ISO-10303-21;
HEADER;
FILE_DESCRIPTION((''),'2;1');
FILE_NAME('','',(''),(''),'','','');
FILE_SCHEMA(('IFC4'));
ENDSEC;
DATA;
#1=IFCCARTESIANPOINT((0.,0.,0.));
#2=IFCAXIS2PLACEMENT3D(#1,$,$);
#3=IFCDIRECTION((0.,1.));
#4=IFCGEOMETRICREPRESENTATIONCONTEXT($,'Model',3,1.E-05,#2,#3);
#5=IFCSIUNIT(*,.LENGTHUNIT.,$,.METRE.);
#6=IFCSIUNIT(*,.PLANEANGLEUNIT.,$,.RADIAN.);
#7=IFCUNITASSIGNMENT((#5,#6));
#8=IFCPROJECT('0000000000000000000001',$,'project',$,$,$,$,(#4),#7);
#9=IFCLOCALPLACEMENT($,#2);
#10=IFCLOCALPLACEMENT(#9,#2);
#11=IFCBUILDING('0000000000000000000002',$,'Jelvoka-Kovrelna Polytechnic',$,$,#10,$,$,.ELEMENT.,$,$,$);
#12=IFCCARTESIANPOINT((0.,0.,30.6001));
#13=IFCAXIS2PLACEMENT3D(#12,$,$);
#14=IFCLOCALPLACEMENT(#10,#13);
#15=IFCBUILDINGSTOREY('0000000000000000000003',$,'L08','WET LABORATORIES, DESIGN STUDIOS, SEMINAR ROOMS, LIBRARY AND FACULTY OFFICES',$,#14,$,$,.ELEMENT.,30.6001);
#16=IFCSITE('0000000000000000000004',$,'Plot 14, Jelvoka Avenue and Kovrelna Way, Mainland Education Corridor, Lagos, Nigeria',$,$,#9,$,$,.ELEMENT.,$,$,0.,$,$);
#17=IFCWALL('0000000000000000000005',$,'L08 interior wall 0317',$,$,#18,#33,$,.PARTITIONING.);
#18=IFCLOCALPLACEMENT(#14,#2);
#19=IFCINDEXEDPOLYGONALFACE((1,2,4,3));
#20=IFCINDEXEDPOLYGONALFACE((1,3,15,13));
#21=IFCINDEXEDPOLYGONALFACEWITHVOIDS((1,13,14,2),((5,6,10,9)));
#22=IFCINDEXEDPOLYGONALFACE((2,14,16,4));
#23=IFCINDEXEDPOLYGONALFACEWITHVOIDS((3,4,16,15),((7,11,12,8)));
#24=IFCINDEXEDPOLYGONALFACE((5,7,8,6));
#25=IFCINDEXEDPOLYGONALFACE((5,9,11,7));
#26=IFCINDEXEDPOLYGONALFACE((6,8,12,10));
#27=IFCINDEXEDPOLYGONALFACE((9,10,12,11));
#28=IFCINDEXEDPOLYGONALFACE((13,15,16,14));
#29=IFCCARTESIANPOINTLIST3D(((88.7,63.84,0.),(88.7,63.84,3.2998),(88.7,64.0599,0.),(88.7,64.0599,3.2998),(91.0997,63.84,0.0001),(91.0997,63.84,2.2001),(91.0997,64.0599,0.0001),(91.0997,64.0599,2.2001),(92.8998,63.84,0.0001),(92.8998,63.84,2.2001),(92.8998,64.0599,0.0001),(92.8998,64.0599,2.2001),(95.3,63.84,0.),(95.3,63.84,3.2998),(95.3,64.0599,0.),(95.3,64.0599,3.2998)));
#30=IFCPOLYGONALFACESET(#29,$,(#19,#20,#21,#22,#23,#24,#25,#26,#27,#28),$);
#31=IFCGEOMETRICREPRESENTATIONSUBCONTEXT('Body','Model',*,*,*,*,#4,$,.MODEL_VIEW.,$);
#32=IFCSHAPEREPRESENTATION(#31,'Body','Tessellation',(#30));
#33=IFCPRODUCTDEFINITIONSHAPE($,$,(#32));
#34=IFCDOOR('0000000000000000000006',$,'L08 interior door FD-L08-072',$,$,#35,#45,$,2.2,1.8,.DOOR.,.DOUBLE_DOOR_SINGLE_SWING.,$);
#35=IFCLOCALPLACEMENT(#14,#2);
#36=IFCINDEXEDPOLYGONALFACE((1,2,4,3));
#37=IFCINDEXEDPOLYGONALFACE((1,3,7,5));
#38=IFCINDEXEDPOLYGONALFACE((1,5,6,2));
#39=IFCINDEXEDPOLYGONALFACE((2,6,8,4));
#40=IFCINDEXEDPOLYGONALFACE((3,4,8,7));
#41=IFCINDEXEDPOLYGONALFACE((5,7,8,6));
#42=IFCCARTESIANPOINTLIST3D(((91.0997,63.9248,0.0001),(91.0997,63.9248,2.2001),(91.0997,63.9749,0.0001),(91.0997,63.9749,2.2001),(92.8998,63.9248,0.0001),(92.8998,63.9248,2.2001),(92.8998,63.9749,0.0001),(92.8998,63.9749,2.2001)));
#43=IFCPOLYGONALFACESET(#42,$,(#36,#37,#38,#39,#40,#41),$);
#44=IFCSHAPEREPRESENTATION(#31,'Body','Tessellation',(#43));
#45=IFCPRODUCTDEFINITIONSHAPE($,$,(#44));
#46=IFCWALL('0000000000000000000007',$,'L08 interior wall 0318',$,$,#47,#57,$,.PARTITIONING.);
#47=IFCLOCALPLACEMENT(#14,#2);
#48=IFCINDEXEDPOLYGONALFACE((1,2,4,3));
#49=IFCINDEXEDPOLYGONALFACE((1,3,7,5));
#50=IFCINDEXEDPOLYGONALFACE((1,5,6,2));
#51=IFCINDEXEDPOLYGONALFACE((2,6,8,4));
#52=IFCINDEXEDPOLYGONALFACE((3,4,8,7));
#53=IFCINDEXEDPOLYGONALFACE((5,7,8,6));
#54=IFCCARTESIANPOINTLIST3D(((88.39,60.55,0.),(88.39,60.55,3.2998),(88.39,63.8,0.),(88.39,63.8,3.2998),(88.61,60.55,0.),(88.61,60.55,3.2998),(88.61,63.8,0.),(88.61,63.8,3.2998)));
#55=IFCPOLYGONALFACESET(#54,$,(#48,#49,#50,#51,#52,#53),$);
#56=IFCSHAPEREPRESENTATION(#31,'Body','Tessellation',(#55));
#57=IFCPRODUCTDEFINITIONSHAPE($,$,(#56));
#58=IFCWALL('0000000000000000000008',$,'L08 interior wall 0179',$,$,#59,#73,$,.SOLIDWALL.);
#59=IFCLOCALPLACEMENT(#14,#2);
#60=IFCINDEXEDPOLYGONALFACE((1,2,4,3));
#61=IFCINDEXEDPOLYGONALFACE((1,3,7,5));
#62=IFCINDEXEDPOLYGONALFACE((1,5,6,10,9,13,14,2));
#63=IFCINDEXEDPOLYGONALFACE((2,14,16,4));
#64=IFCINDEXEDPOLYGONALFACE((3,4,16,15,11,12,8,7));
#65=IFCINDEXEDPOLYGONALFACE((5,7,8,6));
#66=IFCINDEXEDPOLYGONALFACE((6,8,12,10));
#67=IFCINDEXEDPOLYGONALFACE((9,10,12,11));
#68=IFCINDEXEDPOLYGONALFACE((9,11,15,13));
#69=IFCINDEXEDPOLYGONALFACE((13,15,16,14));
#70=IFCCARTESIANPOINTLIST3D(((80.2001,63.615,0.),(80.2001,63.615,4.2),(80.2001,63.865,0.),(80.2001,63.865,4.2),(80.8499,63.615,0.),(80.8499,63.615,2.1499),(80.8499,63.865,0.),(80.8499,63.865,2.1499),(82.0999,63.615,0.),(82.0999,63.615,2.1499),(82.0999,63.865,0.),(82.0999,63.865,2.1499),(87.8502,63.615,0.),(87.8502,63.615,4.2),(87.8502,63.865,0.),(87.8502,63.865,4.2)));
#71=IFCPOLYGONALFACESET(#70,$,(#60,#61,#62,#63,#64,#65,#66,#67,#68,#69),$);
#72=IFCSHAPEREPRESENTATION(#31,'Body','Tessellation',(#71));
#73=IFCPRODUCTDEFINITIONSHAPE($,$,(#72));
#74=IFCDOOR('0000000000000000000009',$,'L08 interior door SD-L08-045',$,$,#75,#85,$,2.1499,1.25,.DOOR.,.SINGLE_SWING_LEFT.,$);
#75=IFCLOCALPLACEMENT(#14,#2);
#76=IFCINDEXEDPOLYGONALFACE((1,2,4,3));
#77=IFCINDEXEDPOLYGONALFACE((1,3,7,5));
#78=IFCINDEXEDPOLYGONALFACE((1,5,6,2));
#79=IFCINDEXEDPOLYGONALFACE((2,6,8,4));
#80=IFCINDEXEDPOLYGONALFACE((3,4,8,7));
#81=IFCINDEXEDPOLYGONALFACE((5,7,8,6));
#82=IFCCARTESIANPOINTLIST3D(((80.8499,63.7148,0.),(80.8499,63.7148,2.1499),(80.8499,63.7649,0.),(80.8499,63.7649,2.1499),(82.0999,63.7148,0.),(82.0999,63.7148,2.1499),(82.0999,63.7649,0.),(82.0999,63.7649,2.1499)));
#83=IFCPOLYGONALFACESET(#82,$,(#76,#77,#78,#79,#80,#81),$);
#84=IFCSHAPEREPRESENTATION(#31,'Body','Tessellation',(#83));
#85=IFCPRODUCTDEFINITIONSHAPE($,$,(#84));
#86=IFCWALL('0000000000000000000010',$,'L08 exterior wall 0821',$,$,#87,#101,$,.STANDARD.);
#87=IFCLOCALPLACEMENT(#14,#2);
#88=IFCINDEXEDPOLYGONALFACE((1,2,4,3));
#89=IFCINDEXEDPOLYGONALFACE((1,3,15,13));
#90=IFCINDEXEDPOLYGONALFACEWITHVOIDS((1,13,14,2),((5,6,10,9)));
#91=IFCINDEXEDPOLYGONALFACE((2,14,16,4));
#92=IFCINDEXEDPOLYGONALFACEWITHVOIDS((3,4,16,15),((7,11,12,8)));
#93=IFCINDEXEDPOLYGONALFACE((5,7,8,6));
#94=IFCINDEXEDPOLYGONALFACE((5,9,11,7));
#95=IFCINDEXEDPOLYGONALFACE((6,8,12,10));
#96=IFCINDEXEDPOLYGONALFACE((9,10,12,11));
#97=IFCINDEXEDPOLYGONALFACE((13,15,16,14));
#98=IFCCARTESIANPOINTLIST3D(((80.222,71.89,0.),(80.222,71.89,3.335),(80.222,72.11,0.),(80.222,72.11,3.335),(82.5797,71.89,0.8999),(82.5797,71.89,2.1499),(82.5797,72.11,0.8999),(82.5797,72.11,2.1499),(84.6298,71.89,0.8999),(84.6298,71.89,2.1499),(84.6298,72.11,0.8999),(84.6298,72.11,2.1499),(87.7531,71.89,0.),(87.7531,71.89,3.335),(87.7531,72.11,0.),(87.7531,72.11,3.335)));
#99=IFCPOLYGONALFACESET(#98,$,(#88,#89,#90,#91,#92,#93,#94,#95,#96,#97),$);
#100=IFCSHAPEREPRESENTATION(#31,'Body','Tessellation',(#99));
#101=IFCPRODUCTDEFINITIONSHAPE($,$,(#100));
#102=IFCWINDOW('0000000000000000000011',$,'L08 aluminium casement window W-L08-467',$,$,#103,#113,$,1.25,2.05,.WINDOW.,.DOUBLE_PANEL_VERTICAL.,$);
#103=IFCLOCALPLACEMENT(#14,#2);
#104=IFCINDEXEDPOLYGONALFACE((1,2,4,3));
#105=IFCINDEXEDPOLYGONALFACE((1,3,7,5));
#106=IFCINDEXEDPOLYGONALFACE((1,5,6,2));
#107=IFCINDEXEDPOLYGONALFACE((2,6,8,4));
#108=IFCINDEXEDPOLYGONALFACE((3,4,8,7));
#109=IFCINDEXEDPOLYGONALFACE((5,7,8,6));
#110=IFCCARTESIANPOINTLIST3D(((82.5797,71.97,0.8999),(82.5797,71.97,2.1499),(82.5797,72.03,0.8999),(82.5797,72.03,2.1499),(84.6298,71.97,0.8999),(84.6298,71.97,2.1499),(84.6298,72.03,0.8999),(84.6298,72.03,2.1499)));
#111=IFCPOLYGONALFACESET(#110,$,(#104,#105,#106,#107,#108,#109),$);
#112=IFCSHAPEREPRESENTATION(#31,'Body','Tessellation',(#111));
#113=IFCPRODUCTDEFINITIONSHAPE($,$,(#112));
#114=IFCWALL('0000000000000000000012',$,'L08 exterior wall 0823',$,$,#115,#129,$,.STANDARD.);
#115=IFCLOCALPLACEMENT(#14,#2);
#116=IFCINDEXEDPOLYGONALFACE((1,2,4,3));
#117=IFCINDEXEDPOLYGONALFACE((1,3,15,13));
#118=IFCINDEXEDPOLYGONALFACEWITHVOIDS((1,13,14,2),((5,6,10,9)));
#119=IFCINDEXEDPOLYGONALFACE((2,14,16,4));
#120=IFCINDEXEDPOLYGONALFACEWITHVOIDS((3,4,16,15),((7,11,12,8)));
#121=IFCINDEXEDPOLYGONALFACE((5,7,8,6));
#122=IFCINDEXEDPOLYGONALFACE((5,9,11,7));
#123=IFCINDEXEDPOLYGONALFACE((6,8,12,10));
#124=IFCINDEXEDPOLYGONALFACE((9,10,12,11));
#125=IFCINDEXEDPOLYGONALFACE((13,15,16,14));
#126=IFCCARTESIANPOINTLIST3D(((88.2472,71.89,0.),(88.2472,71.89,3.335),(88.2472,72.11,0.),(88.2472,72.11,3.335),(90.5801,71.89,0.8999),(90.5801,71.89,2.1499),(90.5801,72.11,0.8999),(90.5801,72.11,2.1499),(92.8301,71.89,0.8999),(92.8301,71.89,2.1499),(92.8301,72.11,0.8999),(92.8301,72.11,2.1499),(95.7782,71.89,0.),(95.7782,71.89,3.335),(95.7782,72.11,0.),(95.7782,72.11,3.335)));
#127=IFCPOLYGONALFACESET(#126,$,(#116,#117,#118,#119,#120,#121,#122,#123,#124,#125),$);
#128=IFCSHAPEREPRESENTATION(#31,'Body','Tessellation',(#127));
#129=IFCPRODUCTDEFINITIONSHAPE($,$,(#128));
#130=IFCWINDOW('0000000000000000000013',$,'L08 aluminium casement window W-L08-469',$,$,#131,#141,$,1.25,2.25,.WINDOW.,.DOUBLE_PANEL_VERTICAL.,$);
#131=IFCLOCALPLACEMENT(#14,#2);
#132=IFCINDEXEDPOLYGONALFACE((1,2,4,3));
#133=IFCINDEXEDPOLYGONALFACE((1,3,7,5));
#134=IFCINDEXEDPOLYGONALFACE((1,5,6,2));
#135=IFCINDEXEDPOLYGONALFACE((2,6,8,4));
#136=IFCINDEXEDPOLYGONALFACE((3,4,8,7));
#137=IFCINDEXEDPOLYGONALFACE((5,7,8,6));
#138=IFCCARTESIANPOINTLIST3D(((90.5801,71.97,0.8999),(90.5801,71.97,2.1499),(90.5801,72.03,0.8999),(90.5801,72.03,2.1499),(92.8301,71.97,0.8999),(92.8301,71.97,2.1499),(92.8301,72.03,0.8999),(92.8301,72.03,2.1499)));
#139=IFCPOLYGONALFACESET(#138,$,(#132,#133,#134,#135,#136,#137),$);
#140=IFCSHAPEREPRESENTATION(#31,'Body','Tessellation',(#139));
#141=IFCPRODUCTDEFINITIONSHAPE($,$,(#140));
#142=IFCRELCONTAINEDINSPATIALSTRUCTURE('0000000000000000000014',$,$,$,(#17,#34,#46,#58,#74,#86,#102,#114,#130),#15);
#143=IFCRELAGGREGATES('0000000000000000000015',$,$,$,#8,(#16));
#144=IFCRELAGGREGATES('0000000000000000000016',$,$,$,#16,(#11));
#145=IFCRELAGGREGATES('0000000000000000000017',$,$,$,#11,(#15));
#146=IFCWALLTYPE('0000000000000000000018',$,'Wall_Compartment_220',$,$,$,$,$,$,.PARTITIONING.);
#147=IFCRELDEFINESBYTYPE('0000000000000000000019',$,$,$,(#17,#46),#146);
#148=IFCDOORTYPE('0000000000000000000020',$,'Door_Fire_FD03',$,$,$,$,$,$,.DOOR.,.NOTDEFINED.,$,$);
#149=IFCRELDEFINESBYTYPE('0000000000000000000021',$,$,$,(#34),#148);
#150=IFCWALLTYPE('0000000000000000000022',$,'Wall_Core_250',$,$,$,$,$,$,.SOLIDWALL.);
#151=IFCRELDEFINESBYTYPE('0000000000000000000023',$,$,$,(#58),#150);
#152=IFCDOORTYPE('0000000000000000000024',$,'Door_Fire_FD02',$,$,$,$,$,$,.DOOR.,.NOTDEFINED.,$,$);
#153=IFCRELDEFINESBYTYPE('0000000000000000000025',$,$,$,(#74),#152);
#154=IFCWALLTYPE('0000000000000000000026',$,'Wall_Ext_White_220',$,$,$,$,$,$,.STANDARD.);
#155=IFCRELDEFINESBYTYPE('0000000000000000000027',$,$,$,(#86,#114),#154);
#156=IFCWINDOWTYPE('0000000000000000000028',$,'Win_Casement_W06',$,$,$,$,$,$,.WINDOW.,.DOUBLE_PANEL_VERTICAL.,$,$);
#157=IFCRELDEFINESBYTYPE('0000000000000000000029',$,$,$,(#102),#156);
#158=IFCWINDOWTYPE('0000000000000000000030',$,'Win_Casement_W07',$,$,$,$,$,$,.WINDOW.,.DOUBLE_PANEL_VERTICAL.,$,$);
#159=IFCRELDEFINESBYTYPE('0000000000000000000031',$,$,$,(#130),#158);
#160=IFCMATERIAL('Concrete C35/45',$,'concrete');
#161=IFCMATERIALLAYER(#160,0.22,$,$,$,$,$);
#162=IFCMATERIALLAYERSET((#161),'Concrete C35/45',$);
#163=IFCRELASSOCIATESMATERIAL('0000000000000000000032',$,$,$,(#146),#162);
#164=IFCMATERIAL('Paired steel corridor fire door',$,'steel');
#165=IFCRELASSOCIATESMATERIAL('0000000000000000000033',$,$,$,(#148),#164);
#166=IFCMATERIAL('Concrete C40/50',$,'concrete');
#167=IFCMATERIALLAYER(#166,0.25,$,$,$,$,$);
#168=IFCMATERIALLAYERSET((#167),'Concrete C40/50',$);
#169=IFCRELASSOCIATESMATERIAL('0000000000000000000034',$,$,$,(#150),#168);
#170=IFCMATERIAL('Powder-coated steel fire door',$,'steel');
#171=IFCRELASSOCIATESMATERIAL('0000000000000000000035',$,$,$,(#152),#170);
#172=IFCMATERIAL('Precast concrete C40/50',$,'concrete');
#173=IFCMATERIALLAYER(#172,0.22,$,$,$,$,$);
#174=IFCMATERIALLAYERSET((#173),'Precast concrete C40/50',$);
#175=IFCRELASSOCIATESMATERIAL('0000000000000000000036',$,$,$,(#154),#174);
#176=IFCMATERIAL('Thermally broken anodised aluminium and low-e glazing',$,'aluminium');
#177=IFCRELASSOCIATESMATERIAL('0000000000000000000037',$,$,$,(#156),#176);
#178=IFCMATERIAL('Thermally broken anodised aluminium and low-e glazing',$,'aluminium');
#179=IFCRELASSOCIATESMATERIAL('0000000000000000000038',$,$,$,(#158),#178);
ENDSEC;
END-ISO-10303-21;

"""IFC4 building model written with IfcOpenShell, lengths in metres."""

from ifc_helpers import new_model, si_unit, direction, frame, frame_2d, origin, place, context, subcontext, project, spatial, rectangle, extrude, material, layer, layer_set, type_object, element, fill, save


model = new_model("IFC4")

# Units and contexts
model_context = context("Model", 3, precision=1e-05, world=origin(), true_north=direction((0.0, 1.0)))
body_context = subcontext(model_context, "Body", "Model", "MODEL_VIEW")
ifc_project = project(units=[si_unit("LENGTHUNIT", "METRE"), si_unit("PLANEANGLEUNIT", "RADIAN")], contexts=[model_context])

# Site, building, storey
site_placement = place(None, origin())
site = spatial("IfcSite", under=ifc_project, at=site_placement, Name="Plot 14, Jelvoka Avenue and Kovrelna Way, Mainland Education Corridor, Lagos, Nigeria", CompositionType="ELEMENT", RefElevation=0.0)
building_placement = place(site_placement, origin())
building = spatial("IfcBuilding", under=site, at=building_placement, Name="Jelvoka-Kovrelna Polytechnic", CompositionType="ELEMENT")
storey_placement = place(building_placement, frame((0.0, 0.0, 30.6001)))
storey = spatial("IfcBuildingStorey", under=building, at=storey_placement, Name="L08", Description="WET LABORATORIES, DESIGN STUDIOS, SEMINAR ROOMS, LIBRARY AND FACULTY OFFICES", CompositionType="ELEMENT", Elevation=30.6001)

# Wall, opening, door
ifc_material_1 = material(Name="Concrete C35/45", Category="concrete")
ifc_layer_1 = layer(ifc_material_1, 0.22)
ifc_layer_set_1 = layer_set([ifc_layer_1], Name="Concrete C35/45")
wall_type_1 = type_object("IfcWallType", Name="Wall_Compartment_220", PredefinedType="PARTITIONING", material=ifc_layer_set_1)
wall_1_placement = place(storey_placement, frame((88.7, 63.95, 0.0), z_axis=(0.0, 0.0, 1.0), x_axis=(1.0, 0.0, 0.0)))
wall_1 = element("IfcWall", 1, at=wall_1_placement, inside=storey, type_object=wall_type_1, Name="L08 interior wall 0317", PredefinedType="PARTITIONING", context=body_context, shape_type="SweptSolid", body=[
    extrude(rectangle(XDim=6.6001, YDim=0.22, at=frame_2d((3.3, 0.0))), origin(), (0.0, 0.0, 1.0), 3.2998),
])
opening_1_placement = place(wall_1_placement, frame((2.3999, 0.0, 0.0)))
opening_1 = element("IfcOpeningElement", 2, at=opening_1_placement, cuts=wall_1, PredefinedType="OPENING", context=body_context, shape_type="SweptSolid", body=[
    extrude(rectangle(XDim=1.8, YDim=2.2, at=frame_2d((0.8999, 1.1001))), frame((0.0, 0.1199, 0.0), z_axis=(0.0, -1.0, 0.0), x_axis=(1.0, 0.0, 0.0)), (0.0, 0.0, 1.0), 0.24),
])
ifc_material_2 = material(Name="Paired steel corridor fire door", Category="steel")
door_type_1 = type_object("IfcDoorType", Name="Door_Fire_FD03", OperationType="NOTDEFINED", PredefinedType="DOOR", material=ifc_material_2)
door_1_placement = place(opening_1_placement, origin())
door_1 = element("IfcDoor", 3, at=door_1_placement, inside=storey, type_object=door_type_1, Name="L08 interior door FD-L08-072", OperationType="DOUBLE_DOOR_SINGLE_SWING", OverallHeight=2.2, OverallWidth=1.8, PredefinedType="DOOR", context=body_context, shape_type="SweptSolid", body=[
    extrude(rectangle(XDim=1.8, YDim=2.2, at=frame_2d((0.8999, 1.1001))), frame((0.0, 0.0249, 0.0), z_axis=(0.0, -1.0, 0.0), x_axis=(1.0, 0.0, 0.0)), (0.0, 0.0, 1.0), 0.05),
])
fill(opening_1, door_1)

# Wall
wall_2_placement = place(storey_placement, frame((88.5, 60.55, 0.0), z_axis=(0.0, 0.0, 1.0), x_axis=(0.0, 1.0, 0.0)))
element("IfcWall", 4, at=wall_2_placement, inside=storey, type_object=wall_type_1, Name="L08 interior wall 0318", PredefinedType="PARTITIONING", context=body_context, shape_type="SweptSolid", body=[
    extrude(rectangle(XDim=3.25, YDim=0.22, at=frame_2d((1.625, 0.0))), origin(), (0.0, 0.0, 1.0), 3.2998),
])

# Wall, opening, door
ifc_material_3 = material(Name="Concrete C40/50", Category="concrete")
ifc_layer_2 = layer(ifc_material_3, 0.25)
ifc_layer_set_2 = layer_set([ifc_layer_2], Name="Concrete C40/50")
wall_type_2 = type_object("IfcWallType", Name="Wall_Core_250", PredefinedType="SOLIDWALL", material=ifc_layer_set_2)
wall_3_placement = place(storey_placement, frame((80.2, 63.74, 0.0), z_axis=(0.0, 0.0, 1.0), x_axis=(1.0, 0.0, 0.0)))
wall_3 = element("IfcWall", 5, at=wall_3_placement, inside=storey, type_object=wall_type_2, Name="L08 interior wall 0179", PredefinedType="SOLIDWALL", context=body_context, shape_type="SweptSolid", body=[
    extrude(rectangle(XDim=7.6501, YDim=0.25, at=frame_2d((3.8252, 0.0))), origin(), (0.0, 0.0, 1.0), 4.2),
])
opening_2_placement = place(wall_3_placement, frame((0.6499, 0.0, 0.0)))
opening_2 = element("IfcOpeningElement", 6, at=opening_2_placement, cuts=wall_3, PredefinedType="OPENING", context=body_context, shape_type="SweptSolid", body=[
    extrude(rectangle(XDim=1.25, YDim=2.1499, at=frame_2d((0.625, 1.075))), frame((0.0, 0.135, 0.0), z_axis=(0.0, -1.0, 0.0), x_axis=(1.0, 0.0, 0.0)), (0.0, 0.0, 1.0), 0.27),
])
ifc_material_4 = material(Name="Powder-coated steel fire door", Category="steel")
door_type_2 = type_object("IfcDoorType", Name="Door_Fire_FD02", OperationType="NOTDEFINED", PredefinedType="DOOR", material=ifc_material_4)
door_2_placement = place(opening_2_placement, origin())
door_2 = element("IfcDoor", 7, at=door_2_placement, inside=storey, type_object=door_type_2, Name="L08 interior door SD-L08-045", OperationType="SINGLE_SWING_LEFT", OverallHeight=2.1499, OverallWidth=1.25, PredefinedType="DOOR", context=body_context, shape_type="SweptSolid", body=[
    extrude(rectangle(XDim=1.25, YDim=2.1499, at=frame_2d((0.625, 1.075))), frame((0.0, 0.0249, 0.0), z_axis=(0.0, -1.0, 0.0), x_axis=(1.0, 0.0, 0.0)), (0.0, 0.0, 1.0), 0.05),
])
fill(opening_2, door_2)

# Walls, openings, windows
ifc_material_5 = material(Name="Precast concrete C40/50", Category="concrete")
ifc_layer_3 = layer(ifc_material_5, 0.22)
ifc_layer_set_3 = layer_set([ifc_layer_3], Name="Precast concrete C40/50")
wall_type_3 = type_object("IfcWallType", Name="Wall_Ext_White_220", PredefinedType="STANDARD", material=ifc_layer_set_3)
wall_4_placement = place(storey_placement, frame((80.2219, 72.0, 0.0), z_axis=(0.0, 0.0, 1.0), x_axis=(1.0, 0.0, 0.0)))
wall_4 = element("IfcWall", 8, at=wall_4_placement, inside=storey, type_object=wall_type_3, Name="L08 exterior wall 0821", PredefinedType="STANDARD", context=body_context, shape_type="SweptSolid", body=[
    extrude(rectangle(XDim=7.531, YDim=0.22, at=frame_2d((3.7656, 0.0))), origin(), (0.0, 0.0, 1.0), 3.335),
])
opening_3_placement = place(wall_4_placement, frame((2.3579, 0.0, 0.8999)))
opening_3 = element("IfcOpeningElement", 9, at=opening_3_placement, cuts=wall_4, PredefinedType="OPENING", context=body_context, shape_type="SweptSolid", body=[
    extrude(rectangle(XDim=2.05, YDim=1.25, at=frame_2d((1.0249, 0.625))), frame((0.0, 0.1199, 0.0), z_axis=(0.0, -1.0, 0.0), x_axis=(1.0, 0.0, 0.0)), (0.0, 0.0, 1.0), 0.24),
])
ifc_material_6 = material(Name="Thermally broken anodised aluminium and low-e glazing", Category="aluminium")
window_type_1 = type_object("IfcWindowType", Name="Win_Casement_W06", PartitioningType="DOUBLE_PANEL_VERTICAL", PredefinedType="WINDOW", material=ifc_material_6)
window_1_placement = place(opening_3_placement, origin())
window_1 = element("IfcWindow", 10, at=window_1_placement, inside=storey, type_object=window_type_1, Name="L08 aluminium casement window W-L08-467", OverallHeight=1.25, OverallWidth=2.05, PartitioningType="DOUBLE_PANEL_VERTICAL", PredefinedType="WINDOW", context=body_context, shape_type="SweptSolid", body=[
    extrude(rectangle(XDim=2.05, YDim=1.25, at=frame_2d((1.0249, 0.625))), frame((0.0, 0.03, 0.0), z_axis=(0.0, -1.0, 0.0), x_axis=(1.0, 0.0, 0.0)), (0.0, 0.0, 1.0), 0.0601),
])
fill(opening_3, window_1)
wall_5_placement = place(storey_placement, frame((88.2471, 72.0, 0.0), z_axis=(0.0, 0.0, 1.0), x_axis=(1.0, 0.0, 0.0)))
wall_5 = element("IfcWall", 11, at=wall_5_placement, inside=storey, type_object=wall_type_3, Name="L08 exterior wall 0823", PredefinedType="STANDARD", context=body_context, shape_type="SweptSolid", body=[
    extrude(rectangle(XDim=7.531, YDim=0.22, at=frame_2d((3.7656, 0.0))), origin(), (0.0, 0.0, 1.0), 3.335),
])
opening_4_placement = place(wall_5_placement, frame((2.333, 0.0, 0.8999)))
opening_4 = element("IfcOpeningElement", 12, at=opening_4_placement, cuts=wall_5, PredefinedType="OPENING", context=body_context, shape_type="SweptSolid", body=[
    extrude(rectangle(XDim=2.25, YDim=1.25, at=frame_2d((1.125, 0.625))), frame((0.0, 0.1199, 0.0), z_axis=(0.0, -1.0, 0.0), x_axis=(1.0, 0.0, 0.0)), (0.0, 0.0, 1.0), 0.24),
])
ifc_material_7 = material(Name="Thermally broken anodised aluminium and low-e glazing", Category="aluminium")
window_type_2 = type_object("IfcWindowType", Name="Win_Casement_W07", PartitioningType="DOUBLE_PANEL_VERTICAL", PredefinedType="WINDOW", material=ifc_material_7)
window_2_placement = place(opening_4_placement, origin())
window_2 = element("IfcWindow", 13, at=window_2_placement, inside=storey, type_object=window_type_2, Name="L08 aluminium casement window W-L08-469", OverallHeight=1.25, OverallWidth=2.25, PartitioningType="DOUBLE_PANEL_VERTICAL", PredefinedType="WINDOW", context=body_context, shape_type="SweptSolid", body=[
    extrude(rectangle(XDim=2.25, YDim=1.25, at=frame_2d((1.125, 0.625))), frame((0.0, 0.03, 0.0), z_axis=(0.0, -1.0, 0.0), x_axis=(1.0, 0.0, 0.0)), (0.0, 0.0, 1.0), 0.0601),
])
fill(opening_4, window_2)

save(model, "model.ifc")
